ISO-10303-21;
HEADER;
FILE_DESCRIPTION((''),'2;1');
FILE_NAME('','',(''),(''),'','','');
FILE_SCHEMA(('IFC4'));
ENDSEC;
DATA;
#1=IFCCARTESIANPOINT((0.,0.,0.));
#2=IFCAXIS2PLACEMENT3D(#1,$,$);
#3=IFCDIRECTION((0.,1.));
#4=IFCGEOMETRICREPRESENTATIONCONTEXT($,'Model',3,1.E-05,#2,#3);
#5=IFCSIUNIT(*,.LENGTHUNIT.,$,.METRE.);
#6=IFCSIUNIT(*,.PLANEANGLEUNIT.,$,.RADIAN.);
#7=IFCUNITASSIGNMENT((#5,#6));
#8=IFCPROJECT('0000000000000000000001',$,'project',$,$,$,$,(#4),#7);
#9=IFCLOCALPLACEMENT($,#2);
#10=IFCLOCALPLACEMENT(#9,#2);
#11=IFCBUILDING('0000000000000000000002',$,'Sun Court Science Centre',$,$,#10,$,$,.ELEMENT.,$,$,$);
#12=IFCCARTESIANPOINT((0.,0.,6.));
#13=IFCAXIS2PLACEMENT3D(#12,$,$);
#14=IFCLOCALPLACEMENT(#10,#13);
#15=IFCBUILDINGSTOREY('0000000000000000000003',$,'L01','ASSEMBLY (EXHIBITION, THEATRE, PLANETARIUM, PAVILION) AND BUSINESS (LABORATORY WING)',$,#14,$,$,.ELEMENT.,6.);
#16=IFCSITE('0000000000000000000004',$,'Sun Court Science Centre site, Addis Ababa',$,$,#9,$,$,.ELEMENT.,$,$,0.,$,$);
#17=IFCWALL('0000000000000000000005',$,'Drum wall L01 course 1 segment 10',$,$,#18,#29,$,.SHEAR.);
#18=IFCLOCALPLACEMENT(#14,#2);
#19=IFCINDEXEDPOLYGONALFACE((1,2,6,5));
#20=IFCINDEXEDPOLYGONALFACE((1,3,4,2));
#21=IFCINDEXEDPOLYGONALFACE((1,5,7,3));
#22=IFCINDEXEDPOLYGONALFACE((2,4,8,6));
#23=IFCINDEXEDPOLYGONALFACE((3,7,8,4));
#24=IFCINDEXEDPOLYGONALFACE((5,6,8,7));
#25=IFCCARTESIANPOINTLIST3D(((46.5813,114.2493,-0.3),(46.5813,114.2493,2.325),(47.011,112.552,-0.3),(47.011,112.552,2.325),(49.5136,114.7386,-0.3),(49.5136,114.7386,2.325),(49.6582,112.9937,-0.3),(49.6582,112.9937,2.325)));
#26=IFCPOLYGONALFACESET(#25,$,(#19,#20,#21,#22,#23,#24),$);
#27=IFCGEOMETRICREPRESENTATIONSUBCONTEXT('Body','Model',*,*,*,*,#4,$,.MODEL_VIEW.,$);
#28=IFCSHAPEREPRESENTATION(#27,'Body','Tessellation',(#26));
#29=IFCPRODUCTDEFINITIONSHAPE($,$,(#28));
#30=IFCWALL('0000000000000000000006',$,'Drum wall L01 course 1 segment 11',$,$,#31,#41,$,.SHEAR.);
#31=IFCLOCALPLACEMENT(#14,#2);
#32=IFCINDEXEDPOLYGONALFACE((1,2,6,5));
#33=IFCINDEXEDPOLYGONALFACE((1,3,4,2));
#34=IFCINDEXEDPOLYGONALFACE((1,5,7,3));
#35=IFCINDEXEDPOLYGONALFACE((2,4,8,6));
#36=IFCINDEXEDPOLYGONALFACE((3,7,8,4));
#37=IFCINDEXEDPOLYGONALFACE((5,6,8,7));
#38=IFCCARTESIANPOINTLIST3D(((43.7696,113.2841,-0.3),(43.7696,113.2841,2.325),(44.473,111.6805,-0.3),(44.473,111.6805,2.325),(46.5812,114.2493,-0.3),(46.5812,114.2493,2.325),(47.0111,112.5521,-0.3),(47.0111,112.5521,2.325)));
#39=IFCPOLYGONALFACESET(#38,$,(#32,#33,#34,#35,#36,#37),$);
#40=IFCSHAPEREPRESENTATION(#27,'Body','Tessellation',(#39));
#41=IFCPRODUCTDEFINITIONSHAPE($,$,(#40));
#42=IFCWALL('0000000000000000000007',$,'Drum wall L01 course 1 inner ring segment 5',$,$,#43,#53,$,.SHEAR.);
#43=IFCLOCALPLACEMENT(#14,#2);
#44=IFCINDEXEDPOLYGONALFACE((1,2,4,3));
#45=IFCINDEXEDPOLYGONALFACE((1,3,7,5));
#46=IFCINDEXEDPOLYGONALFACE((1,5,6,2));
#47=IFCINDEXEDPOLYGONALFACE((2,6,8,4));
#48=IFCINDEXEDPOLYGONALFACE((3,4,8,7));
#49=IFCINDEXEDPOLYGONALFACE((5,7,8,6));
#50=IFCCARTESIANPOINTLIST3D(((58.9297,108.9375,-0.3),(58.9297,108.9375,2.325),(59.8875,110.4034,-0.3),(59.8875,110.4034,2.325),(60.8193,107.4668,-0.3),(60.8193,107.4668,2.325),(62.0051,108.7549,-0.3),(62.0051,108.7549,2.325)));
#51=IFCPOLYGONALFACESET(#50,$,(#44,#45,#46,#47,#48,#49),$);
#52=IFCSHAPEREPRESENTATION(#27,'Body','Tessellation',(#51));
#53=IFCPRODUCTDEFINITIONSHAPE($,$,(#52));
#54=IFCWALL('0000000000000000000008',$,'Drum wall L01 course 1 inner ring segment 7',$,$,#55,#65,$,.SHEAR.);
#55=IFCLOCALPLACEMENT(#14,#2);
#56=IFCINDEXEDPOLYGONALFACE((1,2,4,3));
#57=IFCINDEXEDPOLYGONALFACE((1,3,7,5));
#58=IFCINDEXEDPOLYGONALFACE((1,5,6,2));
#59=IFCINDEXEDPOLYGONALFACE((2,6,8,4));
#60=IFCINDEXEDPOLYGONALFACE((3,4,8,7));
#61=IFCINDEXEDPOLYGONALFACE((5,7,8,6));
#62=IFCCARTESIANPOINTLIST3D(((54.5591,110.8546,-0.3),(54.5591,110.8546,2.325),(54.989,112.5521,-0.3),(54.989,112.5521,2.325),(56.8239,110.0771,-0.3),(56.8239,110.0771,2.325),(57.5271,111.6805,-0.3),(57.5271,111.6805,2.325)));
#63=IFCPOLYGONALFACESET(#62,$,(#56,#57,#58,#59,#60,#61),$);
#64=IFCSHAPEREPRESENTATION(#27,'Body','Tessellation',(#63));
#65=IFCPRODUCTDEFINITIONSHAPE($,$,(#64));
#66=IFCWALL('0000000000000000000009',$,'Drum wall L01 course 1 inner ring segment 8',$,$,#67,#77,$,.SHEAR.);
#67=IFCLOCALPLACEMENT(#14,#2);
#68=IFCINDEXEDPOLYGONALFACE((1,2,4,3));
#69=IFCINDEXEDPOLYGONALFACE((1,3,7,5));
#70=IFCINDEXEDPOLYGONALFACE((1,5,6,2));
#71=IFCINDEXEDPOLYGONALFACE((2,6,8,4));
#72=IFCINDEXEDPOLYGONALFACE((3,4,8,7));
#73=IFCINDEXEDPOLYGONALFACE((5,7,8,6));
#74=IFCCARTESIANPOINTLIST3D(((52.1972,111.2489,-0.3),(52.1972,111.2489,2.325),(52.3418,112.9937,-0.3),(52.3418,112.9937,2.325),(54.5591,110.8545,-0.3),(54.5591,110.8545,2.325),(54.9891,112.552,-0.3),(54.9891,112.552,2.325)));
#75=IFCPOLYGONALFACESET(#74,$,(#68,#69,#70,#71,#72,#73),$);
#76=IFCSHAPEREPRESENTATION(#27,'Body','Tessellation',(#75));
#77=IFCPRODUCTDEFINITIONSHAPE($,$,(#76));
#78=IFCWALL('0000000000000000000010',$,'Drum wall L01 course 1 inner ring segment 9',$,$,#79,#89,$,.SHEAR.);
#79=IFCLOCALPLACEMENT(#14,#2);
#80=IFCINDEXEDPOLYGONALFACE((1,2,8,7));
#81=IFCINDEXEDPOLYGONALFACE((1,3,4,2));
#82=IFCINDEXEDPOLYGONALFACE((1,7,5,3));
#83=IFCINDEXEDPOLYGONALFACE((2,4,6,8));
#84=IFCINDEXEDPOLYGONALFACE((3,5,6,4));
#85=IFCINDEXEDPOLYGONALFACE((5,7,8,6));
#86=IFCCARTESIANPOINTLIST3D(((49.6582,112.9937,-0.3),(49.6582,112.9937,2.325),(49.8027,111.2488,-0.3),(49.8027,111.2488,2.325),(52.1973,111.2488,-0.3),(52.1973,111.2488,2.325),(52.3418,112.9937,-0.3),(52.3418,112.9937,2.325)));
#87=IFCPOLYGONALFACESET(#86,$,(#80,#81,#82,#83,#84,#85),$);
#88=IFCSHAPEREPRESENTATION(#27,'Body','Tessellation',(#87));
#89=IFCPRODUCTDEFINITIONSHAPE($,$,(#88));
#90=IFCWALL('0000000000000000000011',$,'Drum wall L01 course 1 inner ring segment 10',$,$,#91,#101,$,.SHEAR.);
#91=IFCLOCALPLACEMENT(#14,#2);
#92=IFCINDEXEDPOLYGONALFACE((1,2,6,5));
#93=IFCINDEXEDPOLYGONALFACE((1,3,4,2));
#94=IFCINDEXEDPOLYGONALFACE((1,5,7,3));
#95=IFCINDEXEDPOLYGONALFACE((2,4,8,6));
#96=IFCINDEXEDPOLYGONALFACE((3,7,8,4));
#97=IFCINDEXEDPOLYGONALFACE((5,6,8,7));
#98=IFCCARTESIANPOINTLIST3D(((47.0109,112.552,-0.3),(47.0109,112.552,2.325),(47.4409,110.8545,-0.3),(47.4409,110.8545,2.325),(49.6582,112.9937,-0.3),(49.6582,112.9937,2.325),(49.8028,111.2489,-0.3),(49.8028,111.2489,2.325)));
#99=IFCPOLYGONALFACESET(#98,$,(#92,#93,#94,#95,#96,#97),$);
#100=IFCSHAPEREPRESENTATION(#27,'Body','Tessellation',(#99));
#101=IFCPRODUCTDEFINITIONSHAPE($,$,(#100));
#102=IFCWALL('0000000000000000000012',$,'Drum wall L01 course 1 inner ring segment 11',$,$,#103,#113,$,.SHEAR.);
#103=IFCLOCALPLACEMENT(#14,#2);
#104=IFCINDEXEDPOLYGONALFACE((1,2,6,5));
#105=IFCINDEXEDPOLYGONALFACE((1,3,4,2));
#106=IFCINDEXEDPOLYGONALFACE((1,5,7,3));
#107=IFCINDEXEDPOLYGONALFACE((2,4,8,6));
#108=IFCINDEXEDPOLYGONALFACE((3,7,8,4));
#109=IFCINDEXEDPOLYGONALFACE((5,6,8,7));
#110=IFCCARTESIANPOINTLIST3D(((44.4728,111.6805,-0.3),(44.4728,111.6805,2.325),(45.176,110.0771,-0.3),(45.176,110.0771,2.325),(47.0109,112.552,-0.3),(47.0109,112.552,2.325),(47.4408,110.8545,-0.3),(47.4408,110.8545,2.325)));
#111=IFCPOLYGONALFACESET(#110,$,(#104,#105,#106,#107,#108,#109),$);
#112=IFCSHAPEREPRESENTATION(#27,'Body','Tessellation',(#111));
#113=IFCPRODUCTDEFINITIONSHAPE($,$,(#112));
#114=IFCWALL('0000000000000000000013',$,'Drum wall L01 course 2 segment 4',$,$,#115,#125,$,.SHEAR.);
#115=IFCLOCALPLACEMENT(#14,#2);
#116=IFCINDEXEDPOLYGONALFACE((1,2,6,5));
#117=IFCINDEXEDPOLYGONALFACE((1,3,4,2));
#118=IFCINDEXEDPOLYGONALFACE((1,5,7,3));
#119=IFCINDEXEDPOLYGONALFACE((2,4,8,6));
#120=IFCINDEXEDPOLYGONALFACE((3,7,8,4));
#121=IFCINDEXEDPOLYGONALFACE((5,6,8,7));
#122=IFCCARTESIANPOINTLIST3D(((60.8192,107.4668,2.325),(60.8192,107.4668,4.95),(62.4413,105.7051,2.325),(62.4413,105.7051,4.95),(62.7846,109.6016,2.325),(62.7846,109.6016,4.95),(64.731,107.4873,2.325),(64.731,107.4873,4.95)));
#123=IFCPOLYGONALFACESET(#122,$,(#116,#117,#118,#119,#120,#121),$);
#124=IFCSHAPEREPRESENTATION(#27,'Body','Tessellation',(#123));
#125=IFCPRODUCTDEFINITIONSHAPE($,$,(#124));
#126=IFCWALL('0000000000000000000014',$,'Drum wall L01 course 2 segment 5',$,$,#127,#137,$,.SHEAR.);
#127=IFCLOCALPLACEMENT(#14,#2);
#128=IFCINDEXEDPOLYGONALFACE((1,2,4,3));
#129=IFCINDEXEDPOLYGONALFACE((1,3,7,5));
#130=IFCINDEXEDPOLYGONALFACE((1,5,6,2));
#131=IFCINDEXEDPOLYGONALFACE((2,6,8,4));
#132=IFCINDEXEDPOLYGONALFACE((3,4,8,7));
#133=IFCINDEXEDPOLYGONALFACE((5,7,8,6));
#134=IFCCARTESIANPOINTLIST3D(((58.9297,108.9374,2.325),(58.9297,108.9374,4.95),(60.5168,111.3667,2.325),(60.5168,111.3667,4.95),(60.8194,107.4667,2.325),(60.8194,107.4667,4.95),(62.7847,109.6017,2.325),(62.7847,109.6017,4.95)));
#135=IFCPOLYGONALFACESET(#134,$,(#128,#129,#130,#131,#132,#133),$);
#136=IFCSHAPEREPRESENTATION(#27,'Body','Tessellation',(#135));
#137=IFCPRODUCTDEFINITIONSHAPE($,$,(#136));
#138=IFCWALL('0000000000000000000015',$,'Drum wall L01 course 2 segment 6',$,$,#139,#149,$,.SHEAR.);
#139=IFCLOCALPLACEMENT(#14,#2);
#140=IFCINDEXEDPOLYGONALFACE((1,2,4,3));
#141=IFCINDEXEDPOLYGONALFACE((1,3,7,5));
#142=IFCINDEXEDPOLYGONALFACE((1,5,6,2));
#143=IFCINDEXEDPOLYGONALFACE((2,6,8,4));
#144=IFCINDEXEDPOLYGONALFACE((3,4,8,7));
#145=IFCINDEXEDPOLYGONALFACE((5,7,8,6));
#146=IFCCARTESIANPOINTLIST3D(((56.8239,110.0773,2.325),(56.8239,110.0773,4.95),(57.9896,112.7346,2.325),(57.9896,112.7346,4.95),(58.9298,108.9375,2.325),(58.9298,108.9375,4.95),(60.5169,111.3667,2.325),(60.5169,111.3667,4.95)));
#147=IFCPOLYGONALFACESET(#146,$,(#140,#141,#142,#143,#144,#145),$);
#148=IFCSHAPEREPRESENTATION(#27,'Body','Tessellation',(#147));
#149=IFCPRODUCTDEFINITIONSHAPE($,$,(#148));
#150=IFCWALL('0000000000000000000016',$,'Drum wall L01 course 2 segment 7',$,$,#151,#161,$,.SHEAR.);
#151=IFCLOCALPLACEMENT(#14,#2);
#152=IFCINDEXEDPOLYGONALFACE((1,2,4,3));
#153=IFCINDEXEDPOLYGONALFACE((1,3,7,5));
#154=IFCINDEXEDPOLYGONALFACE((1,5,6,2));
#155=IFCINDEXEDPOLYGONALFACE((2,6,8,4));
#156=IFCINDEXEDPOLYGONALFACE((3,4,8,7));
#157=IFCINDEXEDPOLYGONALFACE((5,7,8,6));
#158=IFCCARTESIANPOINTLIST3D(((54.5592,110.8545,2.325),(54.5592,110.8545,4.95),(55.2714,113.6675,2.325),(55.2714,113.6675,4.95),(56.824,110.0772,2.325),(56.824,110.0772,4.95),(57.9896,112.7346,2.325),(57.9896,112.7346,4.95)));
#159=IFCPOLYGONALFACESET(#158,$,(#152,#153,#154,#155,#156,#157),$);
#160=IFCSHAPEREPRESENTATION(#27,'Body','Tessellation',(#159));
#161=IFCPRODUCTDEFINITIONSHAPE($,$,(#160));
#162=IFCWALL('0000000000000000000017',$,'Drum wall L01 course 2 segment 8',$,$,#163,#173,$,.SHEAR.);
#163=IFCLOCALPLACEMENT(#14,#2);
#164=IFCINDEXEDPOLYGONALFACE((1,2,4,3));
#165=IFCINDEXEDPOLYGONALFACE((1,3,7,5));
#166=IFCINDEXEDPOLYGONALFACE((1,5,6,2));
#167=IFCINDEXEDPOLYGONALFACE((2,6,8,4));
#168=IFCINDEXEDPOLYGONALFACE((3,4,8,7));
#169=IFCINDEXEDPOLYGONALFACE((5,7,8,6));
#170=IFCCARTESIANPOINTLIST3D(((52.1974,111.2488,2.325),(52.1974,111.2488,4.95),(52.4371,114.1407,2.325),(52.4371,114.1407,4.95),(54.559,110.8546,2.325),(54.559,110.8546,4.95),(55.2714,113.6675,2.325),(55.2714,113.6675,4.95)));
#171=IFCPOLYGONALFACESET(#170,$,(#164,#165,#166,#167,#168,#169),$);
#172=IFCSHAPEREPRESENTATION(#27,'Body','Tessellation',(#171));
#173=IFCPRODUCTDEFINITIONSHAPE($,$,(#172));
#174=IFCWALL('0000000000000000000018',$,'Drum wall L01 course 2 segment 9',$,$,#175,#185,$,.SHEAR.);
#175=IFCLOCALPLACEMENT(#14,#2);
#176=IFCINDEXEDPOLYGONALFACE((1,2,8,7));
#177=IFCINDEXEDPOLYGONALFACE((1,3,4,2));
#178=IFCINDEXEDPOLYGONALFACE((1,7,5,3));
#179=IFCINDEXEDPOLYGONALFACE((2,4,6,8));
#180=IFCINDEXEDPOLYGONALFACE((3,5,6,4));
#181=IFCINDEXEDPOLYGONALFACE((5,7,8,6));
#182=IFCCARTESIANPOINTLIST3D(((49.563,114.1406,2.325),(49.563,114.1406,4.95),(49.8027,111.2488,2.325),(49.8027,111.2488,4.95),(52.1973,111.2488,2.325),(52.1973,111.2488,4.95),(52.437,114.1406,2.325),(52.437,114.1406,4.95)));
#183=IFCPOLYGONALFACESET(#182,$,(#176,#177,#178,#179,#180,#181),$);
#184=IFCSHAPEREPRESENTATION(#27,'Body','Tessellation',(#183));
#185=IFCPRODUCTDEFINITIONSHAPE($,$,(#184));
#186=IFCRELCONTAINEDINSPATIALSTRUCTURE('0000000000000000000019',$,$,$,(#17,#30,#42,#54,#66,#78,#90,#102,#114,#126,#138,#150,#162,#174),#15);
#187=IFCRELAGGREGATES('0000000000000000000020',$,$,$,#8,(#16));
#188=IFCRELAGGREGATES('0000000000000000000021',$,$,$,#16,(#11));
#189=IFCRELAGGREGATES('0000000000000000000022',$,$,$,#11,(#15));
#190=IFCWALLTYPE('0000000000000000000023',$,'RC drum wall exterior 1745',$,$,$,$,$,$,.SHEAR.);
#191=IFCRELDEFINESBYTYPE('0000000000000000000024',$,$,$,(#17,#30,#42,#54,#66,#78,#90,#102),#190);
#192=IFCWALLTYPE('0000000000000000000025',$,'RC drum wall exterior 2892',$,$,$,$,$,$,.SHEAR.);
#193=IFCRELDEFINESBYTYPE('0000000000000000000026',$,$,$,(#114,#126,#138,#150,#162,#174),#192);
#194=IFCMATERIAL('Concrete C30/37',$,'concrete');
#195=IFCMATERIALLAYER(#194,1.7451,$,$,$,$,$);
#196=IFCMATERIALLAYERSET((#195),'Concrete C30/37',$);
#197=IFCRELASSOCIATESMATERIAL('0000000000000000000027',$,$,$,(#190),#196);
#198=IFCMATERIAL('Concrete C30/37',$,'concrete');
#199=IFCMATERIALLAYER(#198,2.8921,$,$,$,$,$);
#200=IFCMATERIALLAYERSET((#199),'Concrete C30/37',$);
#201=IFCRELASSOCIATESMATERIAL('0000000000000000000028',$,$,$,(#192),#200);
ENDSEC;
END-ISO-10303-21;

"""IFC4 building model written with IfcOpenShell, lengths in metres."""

from ifc_helpers import new_model, si_unit, direction, frame, origin, place, context, subcontext, project, spatial, polyline, outline, extrude, material, layer, layer_set, type_object, element, save


model = new_model("IFC4")

# Units and contexts
model_context = context("Model", 3, precision=1e-05, world=origin(), true_north=direction((0.0, 1.0)))
body_context = subcontext(model_context, "Body", "Model", "MODEL_VIEW")
ifc_project = project(units=[si_unit("LENGTHUNIT", "METRE"), si_unit("PLANEANGLEUNIT", "RADIAN")], contexts=[model_context])

# Site, building, storey
site_placement = place(None, origin())
site = spatial("IfcSite", under=ifc_project, at=site_placement, Name="Sun Court Science Centre site, Addis Ababa", CompositionType="ELEMENT", RefElevation=0.0)
building_placement = place(site_placement, origin())
building = spatial("IfcBuilding", under=site, at=building_placement, Name="Sun Court Science Centre", CompositionType="ELEMENT")
storey_placement = place(building_placement, frame((0.0, 0.0, 6.0)))
storey = spatial("IfcBuildingStorey", under=building, at=storey_placement, Name="L01", Description="ASSEMBLY (EXHIBITION, THEATRE, PLANETARIUM, PAVILION) AND BUSINESS (LABORATORY WING)", CompositionType="ELEMENT", Elevation=6.0)

# Walls
ifc_material_1 = material(Name="Concrete C30/37", Category="concrete")
ifc_layer_1 = layer(ifc_material_1, 1.7451)
ifc_layer_set_1 = layer_set([ifc_layer_1], Name="Concrete C30/37")
wall_type_1 = type_object("IfcWallType", Name="RC drum wall exterior 1745", PredefinedType="SHEAR", material=ifc_layer_set_1)
wall_1_placement = place(storey_placement, frame((49.6572, 113.8779, -0.3), z_axis=(0.0, 0.0, 1.0), x_axis=(-0.986365, -0.164572, 0.0)))
element("IfcWall", 1, at=wall_1_placement, inside=storey, type_object=wall_type_1, Name="Drum wall L01 course 1 segment 10", PredefinedType="SHEAR", context=body_context, shape_type="SweptSolid", body=[
    extrude(outline(polyline([(0.0, -0.8726), (2.9729, -0.8726), (2.8284, 0.8723), (0.1445, 0.8723), (0.0, -0.8726)])), origin(), (0.0, 0.0, 1.0), 2.625),
])
wall_2_placement = place(storey_placement, frame((46.8645, 113.4241, -0.3), z_axis=(0.0, 0.0, 1.0), x_axis=(-0.945812, -0.324715, 0.0)))
element("IfcWall", 2, at=wall_2_placement, inside=storey, type_object=wall_type_1, Name="Drum wall L01 course 1 segment 11", PredefinedType="SHEAR", context=body_context, shape_type="SweptSolid", body=[
    extrude(outline(polyline([(0.0, -0.8726), (2.9727, -0.8726), (2.8281, 0.8726), (0.1445, 0.8723), (0.0, -0.8726)])), origin(), (0.0, 0.0, 1.0), 2.625),
])
wall_3_placement = place(storey_placement, frame((61.4695, 108.0664, -0.3), z_axis=(0.0, 0.0, 1.0), x_axis=(-0.789142, 0.614211, 0.0)))
element("IfcWall", 3, at=wall_3_placement, inside=storey, type_object=wall_type_1, Name="Drum wall L01 course 1 inner ring segment 5", PredefinedType="SHEAR", context=body_context, shape_type="SweptSolid", body=[
    extrude(outline(polyline([(0.0002, -0.8723), (2.6838, -0.8726), (2.5393, 0.8726), (0.1448, 0.8726), (0.0002, -0.8723)])), origin(), (0.0, 0.0, 1.0), 2.625),
])
wall_4_placement = place(storey_placement, frame((57.2439, 110.8555, -0.3), z_axis=(0.0, 0.0, 1.0), x_axis=(-0.945825, 0.324675, 0.0)))
element("IfcWall", 4, at=wall_4_placement, inside=storey, type_object=wall_type_1, Name="Drum wall L01 course 1 inner ring segment 7", PredefinedType="SHEAR", context=body_context, shape_type="SweptSolid", body=[
    extrude(outline(polyline([(0.0, -0.8723), (2.6836, -0.8726), (2.5391, 0.8726), (0.1445, 0.8726), (0.0, -0.8723)])), origin(), (0.0, 0.0, 1.0), 2.625),
])
wall_5_placement = place(storey_placement, frame((54.8452, 111.6914, -0.3), z_axis=(0.0, 0.0, 1.0), x_axis=(-0.986364, 0.164576, 0.0)))
element("IfcWall", 5, at=wall_5_placement, inside=storey, type_object=wall_type_1, Name="Drum wall L01 course 1 inner ring segment 8", PredefinedType="SHEAR", context=body_context, shape_type="SweptSolid", body=[
    extrude(outline(polyline([(-0.0002, -0.8726), (2.6836, -0.8726), (2.5391, 0.8723), (0.1445, 0.8726), (-0.0002, -0.8726)])), origin(), (0.0, 0.0, 1.0), 2.625),
])
wall_6_placement = place(storey_placement, frame((52.3418, 112.1211, -0.3), z_axis=(0.0, 0.0, 1.0), x_axis=(-1.0, 0.0, 0.0)))
element("IfcWall", 6, at=wall_6_placement, inside=storey, type_object=wall_type_1, Name="Drum wall L01 course 1 inner ring segment 9", PredefinedType="SHEAR", context=body_context, shape_type="SweptSolid", body=[
    extrude(outline(polyline([(0.0, -0.8726), (2.6836, -0.8726), (2.5391, 0.8723), (0.1445, 0.8723), (0.0, -0.8726)])), origin(), (0.0, 0.0, 1.0), 2.625),
])
wall_7_placement = place(storey_placement, frame((49.8018, 112.1331, -0.3), z_axis=(0.0, 0.0, 1.0), x_axis=(-0.986364, -0.164576, 0.0)))
element("IfcWall", 7, at=wall_7_placement, inside=storey, type_object=wall_type_1, Name="Drum wall L01 course 1 inner ring segment 10", PredefinedType="SHEAR", context=body_context, shape_type="SweptSolid", body=[
    extrude(outline(polyline([(0.0, -0.8726), (2.6838, -0.8726), (2.5391, 0.8726), (0.1445, 0.8723), (0.0, -0.8726)])), origin(), (0.0, 0.0, 1.0), 2.625),
])
wall_8_placement = place(storey_placement, frame((47.2944, 111.7268, -0.3), z_axis=(0.0, 0.0, 1.0), x_axis=(-0.945825, -0.324675, 0.0)))
element("IfcWall", 8, at=wall_8_placement, inside=storey, type_object=wall_type_1, Name="Drum wall L01 course 1 inner ring segment 11", PredefinedType="SHEAR", context=body_context, shape_type="SweptSolid", body=[
    extrude(outline(polyline([(0.0002, -0.8726), (2.6838, -0.8723), (2.5393, 0.8726), (0.1448, 0.8726), (0.0002, -0.8726)])), origin(), (0.0, 0.0, 1.0), 2.625),
])
ifc_material_2 = material(Name="Concrete C30/37", Category="concrete")
ifc_layer_2 = layer(ifc_material_2, 2.8921)
ifc_layer_set_2 = layer_set([ifc_layer_2], Name="Concrete C30/37")
wall_type_2 = type_object("IfcWallType", Name="RC drum wall exterior 2892", PredefinedType="SHEAR", material=ifc_layer_set_2)
wall_9_placement = place(storey_placement, frame((63.6672, 106.5081, 2.325), z_axis=(0.0, 0.0, 1.0), x_axis=(-0.677277, 0.735728, 0.0)))
element("IfcWall", 9, at=wall_9_placement, inside=storey, type_object=wall_type_2, Name="Drum wall L01 course 2 segment 4", PredefinedType="SHEAR", context=body_context, shape_type="SweptSolid", body=[
    extrude(outline(polyline([(0.0, -1.4458), (2.8738, -1.4458), (2.6343, 1.446), (0.2395, 1.4458), (0.0, -1.4458)])), origin(), (0.0, 0.0, 1.0), 2.625),
])
wall_10_placement = place(storey_placement, frame((61.8967, 108.4607, 2.325), z_axis=(0.0, 0.0, 1.0), x_axis=(-0.789178, 0.614164, 0.0)))
element("IfcWall", 10, at=wall_10_placement, inside=storey, type_object=wall_type_2, Name="Drum wall L01 course 2 segment 5", PredefinedType="SHEAR", context=body_context, shape_type="SweptSolid", body=[
    extrude(outline(polyline([(0.0, -1.4458), (2.8738, -1.4458), (2.6343, 1.446), (0.2397, 1.446), (0.0, -1.4458)])), origin(), (0.0, 0.0, 1.0), 2.625),
])
wall_11_placement = place(storey_placement, frame((59.8286, 110.095, 2.325), z_axis=(0.0, 0.0, 1.0), x_axis=(-0.879446, 0.475998, 0.0)))
element("IfcWall", 11, at=wall_11_placement, inside=storey, type_object=wall_type_2, Name="Drum wall L01 course 2 segment 6", PredefinedType="SHEAR", context=body_context, shape_type="SweptSolid", body=[
    extrude(outline(polyline([(0.0, -1.446), (2.8738, -1.446), (2.634, 1.4458), (0.2395, 1.4458), (0.0, -1.446)])), origin(), (0.0, 0.0, 1.0), 2.625),
])
wall_12_placement = place(storey_placement, frame((57.52, 111.3669, 2.325), z_axis=(0.0, 0.0, 1.0), x_axis=(-0.945816, 0.324702, 0.0)))
element("IfcWall", 12, at=wall_12_placement, inside=storey, type_object=wall_type_2, Name="Drum wall L01 course 2 segment 7", PredefinedType="SHEAR", context=body_context, shape_type="SweptSolid", body=[
    extrude(outline(polyline([(0.0, -1.446), (2.8738, -1.4458), (2.634, 1.446), (0.2395, 1.4458), (0.0, -1.446)])), origin(), (0.0, 0.0, 1.0), 2.625),
])
wall_13_placement = place(storey_placement, frame((55.0334, 112.2415, 2.325), z_axis=(0.0, 0.0, 1.0), x_axis=(-0.986366, 0.164564, 0.0)))
element("IfcWall", 13, at=wall_13_placement, inside=storey, type_object=wall_type_2, Name="Drum wall L01 course 2 segment 8", PredefinedType="SHEAR", context=body_context, shape_type="SweptSolid", body=[
    extrude(outline(polyline([(0.0, -1.4458), (2.8735, -1.446), (2.634, 1.4458), (0.2397, 1.446), (0.0, -1.4458)])), origin(), (0.0, 0.0, 1.0), 2.625),
])
wall_14_placement = place(storey_placement, frame((52.4368, 112.6946, 2.325), z_axis=(0.0, 0.0, 1.0), x_axis=(-1.0, 0.0, 0.0)))
element("IfcWall", 14, at=wall_14_placement, inside=storey, type_object=wall_type_2, Name="Drum wall L01 course 2 segment 9", PredefinedType="SHEAR", context=body_context, shape_type="SweptSolid", body=[
    extrude(outline(polyline([(-0.0002, -1.446), (2.8738, -1.446), (2.634, 1.4458), (0.2395, 1.4458), (-0.0002, -1.446)])), origin(), (0.0, 0.0, 1.0), 2.625),
])

save(model, "model.ifc")
